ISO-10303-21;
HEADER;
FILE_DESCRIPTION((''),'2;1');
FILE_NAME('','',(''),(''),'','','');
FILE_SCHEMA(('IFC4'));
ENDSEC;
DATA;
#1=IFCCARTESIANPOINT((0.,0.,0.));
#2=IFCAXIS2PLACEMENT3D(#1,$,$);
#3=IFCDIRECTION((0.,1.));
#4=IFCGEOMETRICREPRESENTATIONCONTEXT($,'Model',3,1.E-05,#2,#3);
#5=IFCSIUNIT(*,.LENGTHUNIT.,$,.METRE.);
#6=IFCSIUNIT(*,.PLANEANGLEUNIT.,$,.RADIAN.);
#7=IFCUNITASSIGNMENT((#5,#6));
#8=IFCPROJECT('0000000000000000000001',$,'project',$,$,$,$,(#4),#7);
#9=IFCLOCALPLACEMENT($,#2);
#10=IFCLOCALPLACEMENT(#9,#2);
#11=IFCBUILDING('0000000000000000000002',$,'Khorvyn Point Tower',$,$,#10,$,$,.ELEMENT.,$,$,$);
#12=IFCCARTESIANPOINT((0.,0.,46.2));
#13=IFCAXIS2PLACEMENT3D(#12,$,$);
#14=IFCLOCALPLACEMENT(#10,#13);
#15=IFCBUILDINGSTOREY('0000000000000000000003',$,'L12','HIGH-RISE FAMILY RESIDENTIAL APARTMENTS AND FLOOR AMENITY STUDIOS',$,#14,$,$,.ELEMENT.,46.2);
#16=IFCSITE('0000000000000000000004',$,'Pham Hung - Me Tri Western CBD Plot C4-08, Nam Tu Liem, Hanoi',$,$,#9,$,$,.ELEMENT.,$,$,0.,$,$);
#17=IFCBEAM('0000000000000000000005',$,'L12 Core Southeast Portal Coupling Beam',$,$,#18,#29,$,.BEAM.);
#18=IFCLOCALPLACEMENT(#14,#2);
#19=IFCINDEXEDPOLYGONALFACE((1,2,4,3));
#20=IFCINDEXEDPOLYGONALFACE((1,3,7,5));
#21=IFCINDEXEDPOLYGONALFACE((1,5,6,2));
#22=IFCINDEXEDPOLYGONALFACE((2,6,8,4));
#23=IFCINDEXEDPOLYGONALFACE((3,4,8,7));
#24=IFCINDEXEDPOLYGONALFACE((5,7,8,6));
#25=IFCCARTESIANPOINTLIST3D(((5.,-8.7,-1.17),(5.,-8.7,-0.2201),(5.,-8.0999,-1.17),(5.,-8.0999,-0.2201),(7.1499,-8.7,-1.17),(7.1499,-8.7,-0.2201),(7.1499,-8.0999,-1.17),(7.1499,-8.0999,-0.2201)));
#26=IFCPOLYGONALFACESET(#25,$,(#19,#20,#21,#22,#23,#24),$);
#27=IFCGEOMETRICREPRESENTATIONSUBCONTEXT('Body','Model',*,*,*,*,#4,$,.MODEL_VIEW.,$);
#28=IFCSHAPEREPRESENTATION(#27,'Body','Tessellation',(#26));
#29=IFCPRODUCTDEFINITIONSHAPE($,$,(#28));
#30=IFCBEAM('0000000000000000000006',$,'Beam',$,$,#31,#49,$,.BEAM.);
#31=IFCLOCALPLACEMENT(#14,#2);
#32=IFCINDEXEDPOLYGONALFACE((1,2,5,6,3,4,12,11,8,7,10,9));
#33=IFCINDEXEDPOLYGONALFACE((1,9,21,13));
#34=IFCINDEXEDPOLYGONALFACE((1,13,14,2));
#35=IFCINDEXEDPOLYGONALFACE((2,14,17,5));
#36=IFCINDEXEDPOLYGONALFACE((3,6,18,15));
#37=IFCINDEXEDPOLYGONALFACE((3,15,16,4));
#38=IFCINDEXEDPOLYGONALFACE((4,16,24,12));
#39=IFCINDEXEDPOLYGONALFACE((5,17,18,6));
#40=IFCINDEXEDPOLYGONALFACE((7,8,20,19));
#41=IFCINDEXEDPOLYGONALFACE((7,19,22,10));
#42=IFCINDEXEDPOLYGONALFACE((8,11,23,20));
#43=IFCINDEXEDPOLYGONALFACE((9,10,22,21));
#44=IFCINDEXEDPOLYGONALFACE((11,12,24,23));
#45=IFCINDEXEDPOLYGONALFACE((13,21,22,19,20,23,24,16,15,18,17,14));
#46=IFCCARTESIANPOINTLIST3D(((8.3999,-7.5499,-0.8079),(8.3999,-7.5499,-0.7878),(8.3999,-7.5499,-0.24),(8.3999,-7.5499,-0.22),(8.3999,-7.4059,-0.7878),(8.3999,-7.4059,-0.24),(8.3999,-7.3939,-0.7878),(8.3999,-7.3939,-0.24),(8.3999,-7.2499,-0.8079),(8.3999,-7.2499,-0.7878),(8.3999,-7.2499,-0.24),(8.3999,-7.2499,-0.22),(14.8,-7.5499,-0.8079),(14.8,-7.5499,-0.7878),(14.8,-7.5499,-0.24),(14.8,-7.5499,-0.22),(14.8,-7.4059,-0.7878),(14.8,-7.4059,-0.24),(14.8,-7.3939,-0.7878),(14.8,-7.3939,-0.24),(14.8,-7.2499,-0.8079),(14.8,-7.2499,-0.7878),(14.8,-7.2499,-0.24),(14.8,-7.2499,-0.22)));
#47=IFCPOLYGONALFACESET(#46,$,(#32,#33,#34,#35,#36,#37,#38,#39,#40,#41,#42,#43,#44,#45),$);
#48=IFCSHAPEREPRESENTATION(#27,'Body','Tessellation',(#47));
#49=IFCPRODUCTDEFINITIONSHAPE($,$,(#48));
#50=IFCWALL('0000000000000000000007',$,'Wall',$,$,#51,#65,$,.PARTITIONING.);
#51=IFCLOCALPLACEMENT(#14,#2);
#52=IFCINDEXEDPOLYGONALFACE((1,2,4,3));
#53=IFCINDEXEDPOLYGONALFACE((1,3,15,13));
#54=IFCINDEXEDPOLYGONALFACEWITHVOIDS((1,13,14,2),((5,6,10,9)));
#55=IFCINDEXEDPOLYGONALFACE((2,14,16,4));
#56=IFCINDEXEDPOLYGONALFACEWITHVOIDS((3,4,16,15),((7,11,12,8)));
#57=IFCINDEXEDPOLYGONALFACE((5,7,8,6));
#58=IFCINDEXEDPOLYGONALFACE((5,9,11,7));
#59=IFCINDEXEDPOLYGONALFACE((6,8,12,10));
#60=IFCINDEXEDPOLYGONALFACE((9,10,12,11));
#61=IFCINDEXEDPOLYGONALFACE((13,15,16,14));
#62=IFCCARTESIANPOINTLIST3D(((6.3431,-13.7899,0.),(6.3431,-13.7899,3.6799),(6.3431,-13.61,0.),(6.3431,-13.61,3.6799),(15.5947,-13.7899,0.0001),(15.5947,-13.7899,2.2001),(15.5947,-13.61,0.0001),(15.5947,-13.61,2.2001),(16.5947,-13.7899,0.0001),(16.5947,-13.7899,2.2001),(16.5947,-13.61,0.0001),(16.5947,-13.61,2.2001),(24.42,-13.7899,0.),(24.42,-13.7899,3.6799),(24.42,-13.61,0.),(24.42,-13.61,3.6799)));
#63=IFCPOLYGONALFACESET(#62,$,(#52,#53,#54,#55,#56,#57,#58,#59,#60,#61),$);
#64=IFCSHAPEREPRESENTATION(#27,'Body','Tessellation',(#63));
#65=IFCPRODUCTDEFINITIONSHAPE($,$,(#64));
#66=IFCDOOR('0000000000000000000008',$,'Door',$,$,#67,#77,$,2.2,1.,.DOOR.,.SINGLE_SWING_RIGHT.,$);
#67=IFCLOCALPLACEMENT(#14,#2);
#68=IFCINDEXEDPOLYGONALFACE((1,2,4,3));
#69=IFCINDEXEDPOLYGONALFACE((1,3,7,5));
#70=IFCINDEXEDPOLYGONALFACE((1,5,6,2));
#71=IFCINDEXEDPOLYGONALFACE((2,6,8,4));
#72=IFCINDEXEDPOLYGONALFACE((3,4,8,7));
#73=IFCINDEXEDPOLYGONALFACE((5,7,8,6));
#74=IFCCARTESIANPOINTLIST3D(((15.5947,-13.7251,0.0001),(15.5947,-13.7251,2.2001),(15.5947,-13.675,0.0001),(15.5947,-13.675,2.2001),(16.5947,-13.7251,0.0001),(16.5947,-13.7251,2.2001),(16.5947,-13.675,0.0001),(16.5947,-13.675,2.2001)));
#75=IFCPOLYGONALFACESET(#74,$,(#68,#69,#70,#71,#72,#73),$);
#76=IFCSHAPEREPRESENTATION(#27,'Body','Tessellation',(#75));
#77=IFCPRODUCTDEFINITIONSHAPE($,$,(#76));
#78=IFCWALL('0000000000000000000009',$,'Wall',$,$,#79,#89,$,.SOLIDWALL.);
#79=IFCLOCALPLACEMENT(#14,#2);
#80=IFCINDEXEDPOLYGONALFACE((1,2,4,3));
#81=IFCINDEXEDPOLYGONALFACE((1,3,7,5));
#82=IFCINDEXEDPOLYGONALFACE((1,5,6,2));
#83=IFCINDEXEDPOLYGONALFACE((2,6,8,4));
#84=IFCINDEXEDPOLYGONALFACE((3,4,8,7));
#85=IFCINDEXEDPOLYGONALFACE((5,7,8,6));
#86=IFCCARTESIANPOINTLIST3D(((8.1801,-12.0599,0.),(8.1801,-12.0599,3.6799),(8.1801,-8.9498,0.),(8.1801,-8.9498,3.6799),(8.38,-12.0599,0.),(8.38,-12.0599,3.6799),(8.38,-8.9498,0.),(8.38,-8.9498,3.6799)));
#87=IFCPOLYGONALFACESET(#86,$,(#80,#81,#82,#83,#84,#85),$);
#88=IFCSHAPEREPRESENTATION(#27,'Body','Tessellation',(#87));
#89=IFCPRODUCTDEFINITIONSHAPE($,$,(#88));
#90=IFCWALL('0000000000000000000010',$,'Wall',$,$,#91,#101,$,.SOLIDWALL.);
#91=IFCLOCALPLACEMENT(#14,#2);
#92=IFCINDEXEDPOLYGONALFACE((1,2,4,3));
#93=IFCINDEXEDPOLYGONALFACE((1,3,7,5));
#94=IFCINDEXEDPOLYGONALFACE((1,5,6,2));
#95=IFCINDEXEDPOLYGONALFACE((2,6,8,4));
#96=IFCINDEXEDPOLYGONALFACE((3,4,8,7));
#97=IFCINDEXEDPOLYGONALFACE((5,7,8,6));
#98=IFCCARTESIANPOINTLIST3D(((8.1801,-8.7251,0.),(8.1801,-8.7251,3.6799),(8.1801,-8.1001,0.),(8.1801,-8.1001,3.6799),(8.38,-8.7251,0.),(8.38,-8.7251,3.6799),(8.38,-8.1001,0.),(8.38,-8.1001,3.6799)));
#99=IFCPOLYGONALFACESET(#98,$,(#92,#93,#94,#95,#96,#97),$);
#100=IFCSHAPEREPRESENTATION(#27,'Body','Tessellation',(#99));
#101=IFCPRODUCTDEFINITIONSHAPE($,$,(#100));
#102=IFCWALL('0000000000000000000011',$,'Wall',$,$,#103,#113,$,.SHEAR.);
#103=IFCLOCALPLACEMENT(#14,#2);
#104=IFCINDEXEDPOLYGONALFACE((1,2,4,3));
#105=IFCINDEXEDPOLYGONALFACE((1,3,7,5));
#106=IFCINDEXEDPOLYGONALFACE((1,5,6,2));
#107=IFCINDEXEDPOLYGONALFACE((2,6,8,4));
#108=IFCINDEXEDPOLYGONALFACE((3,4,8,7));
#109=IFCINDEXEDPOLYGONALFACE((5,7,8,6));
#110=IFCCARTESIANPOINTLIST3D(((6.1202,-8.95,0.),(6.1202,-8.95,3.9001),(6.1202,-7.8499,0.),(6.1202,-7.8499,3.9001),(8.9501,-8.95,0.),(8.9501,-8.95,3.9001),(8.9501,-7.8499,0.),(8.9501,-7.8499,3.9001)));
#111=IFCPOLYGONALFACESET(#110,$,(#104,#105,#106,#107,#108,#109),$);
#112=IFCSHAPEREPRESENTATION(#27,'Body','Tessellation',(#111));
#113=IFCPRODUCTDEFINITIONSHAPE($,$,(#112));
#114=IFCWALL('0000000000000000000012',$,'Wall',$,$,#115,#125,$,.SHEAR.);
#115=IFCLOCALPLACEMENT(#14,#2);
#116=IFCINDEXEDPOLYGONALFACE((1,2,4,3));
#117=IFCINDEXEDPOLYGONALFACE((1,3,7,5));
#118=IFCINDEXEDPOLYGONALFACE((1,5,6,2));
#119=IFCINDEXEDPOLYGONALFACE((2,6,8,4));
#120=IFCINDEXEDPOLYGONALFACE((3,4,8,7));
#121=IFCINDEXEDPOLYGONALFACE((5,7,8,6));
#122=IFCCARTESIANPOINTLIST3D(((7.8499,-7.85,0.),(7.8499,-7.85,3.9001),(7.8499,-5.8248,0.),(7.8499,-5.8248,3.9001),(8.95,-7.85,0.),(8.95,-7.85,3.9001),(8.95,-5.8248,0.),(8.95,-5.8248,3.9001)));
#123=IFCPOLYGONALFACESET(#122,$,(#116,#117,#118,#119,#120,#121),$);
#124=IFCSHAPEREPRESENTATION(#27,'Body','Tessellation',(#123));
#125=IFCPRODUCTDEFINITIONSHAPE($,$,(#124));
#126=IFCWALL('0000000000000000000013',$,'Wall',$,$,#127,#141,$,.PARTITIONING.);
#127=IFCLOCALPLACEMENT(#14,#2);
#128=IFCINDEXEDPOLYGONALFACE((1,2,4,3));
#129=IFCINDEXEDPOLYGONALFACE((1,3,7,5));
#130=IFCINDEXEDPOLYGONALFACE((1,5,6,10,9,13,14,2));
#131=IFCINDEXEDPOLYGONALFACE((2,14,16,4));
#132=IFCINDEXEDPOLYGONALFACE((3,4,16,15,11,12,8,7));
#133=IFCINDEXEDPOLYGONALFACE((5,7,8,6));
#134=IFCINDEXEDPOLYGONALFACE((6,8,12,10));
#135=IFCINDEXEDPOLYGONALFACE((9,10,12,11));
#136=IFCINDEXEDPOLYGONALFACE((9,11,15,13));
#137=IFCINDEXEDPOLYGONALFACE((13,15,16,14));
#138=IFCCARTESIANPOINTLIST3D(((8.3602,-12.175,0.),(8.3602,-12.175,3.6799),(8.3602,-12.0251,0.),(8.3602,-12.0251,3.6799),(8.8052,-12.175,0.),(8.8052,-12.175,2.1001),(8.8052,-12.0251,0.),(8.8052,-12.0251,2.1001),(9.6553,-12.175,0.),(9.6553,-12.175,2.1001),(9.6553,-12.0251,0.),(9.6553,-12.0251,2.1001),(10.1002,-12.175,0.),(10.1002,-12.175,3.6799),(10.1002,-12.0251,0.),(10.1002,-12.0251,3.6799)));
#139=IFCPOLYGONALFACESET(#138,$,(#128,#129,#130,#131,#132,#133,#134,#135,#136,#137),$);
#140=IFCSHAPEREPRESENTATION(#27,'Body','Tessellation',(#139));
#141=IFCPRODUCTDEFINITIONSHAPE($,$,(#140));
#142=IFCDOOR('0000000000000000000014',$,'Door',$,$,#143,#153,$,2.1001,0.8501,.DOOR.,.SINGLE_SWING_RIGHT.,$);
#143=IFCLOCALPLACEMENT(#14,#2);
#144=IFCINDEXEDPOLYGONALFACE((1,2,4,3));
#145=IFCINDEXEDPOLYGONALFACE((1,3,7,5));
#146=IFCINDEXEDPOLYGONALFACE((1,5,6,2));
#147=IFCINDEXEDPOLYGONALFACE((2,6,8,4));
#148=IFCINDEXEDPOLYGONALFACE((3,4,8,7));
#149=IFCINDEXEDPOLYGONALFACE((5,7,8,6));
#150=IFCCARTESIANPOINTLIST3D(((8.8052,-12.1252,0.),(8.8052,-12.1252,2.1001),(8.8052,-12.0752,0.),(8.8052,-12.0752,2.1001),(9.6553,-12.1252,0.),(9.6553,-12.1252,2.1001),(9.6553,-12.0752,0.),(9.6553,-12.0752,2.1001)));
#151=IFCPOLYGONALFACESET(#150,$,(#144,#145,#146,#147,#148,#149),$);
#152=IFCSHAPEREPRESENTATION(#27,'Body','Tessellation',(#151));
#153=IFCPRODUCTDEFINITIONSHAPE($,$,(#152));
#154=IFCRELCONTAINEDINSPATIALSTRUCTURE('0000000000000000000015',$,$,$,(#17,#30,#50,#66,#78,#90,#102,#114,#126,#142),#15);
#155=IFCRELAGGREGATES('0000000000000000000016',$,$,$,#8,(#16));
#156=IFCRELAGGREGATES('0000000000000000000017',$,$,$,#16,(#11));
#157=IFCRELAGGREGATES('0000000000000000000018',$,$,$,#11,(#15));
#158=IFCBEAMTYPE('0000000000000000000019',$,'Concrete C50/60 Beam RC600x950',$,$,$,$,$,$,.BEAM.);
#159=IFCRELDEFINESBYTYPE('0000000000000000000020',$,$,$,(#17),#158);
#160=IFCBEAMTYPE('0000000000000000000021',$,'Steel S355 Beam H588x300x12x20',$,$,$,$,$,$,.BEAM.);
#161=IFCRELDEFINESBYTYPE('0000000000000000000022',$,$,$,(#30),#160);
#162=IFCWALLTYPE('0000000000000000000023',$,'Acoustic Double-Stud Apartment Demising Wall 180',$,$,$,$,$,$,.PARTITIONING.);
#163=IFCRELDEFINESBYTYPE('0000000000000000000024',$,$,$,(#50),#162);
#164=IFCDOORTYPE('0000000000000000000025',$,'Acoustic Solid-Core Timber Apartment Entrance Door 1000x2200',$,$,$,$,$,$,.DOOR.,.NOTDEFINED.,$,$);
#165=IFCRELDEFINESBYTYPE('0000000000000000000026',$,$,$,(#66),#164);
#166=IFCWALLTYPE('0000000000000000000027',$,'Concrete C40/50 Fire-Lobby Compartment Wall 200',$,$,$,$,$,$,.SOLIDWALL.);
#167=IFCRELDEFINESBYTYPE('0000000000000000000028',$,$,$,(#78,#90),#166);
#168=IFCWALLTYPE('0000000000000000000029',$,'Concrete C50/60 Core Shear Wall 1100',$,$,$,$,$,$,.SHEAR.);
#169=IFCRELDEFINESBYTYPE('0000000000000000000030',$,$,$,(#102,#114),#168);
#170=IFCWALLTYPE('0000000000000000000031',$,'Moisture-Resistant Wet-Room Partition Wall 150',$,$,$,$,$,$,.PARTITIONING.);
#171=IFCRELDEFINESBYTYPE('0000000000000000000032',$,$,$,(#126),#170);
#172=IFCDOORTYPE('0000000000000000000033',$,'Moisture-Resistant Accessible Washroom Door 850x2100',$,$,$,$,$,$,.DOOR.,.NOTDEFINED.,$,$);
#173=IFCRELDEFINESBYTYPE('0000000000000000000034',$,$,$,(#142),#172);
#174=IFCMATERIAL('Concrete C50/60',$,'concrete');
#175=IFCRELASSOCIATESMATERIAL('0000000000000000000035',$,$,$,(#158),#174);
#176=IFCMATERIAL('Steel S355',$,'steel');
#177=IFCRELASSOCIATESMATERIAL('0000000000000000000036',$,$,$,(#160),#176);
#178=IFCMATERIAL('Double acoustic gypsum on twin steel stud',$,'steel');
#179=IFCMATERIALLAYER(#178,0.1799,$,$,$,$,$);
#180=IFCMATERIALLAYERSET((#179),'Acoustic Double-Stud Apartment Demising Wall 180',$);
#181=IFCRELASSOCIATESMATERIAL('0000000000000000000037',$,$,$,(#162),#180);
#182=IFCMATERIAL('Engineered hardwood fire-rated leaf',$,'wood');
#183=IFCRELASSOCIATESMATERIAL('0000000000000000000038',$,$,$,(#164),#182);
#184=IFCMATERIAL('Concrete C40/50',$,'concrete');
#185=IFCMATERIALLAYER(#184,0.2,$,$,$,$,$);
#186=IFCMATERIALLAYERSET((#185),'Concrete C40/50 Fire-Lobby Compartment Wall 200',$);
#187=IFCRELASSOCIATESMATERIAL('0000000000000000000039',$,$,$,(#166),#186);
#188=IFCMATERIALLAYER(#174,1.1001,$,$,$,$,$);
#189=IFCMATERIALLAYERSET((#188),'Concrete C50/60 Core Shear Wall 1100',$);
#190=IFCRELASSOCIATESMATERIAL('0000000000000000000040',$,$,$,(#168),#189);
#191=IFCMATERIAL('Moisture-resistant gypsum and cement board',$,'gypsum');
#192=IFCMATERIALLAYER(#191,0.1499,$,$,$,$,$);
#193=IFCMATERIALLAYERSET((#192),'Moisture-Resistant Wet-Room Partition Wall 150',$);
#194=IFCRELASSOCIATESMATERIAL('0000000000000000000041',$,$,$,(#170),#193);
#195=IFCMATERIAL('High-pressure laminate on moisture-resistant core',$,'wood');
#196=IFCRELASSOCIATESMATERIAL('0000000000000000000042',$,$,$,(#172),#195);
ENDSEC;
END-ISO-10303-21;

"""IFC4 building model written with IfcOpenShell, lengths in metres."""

from ifc_helpers import new_model, si_unit, direction, frame, frame_2d, origin, origin_2d, place, context, subcontext, project, spatial, rectangle, i_section, extrude, material, layer, layer_set, material_profile, profile_set, type_object, element, fill, save


model = new_model("IFC4")

# Units and contexts
model_context = context("Model", 3, precision=1e-05, world=origin(), true_north=direction((0.0, 1.0)))
body_context = subcontext(model_context, "Body", "Model", "MODEL_VIEW")
ifc_project = project(units=[si_unit("LENGTHUNIT", "METRE"), si_unit("PLANEANGLEUNIT", "RADIAN")], contexts=[model_context])

# Site, building, storey
site_placement = place(None, origin())
site = spatial("IfcSite", under=ifc_project, at=site_placement, Name="Pham Hung - Me Tri Western CBD Plot C4-08, Nam Tu Liem, Hanoi", CompositionType="ELEMENT", RefElevation=0.0)
building_placement = place(site_placement, origin())
building = spatial("IfcBuilding", under=site, at=building_placement, Name="Khorvyn Point Tower", CompositionType="ELEMENT")
storey_placement = place(building_placement, frame((0.0, 0.0, 46.2)))
storey = spatial("IfcBuildingStorey", under=building, at=storey_placement, Name="L12", Description="HIGH-RISE FAMILY RESIDENTIAL APARTMENTS AND FLOOR AMENITY STUDIOS", CompositionType="ELEMENT", Elevation=46.2)

# Beams
ifc_material_1 = material(Name="Concrete C50/60", Category="concrete")
ifc_material_profile_1 = material_profile(ifc_material_1, rectangle(XDim=0.6001, YDim=0.95, at=origin_2d()))
ifc_profile_set_1 = profile_set([ifc_material_profile_1], Name="Concrete C50/60 RC600x950")
beam_type_1 = type_object("IfcBeamType", Name="Concrete C50/60 Beam RC600x950", PredefinedType="BEAM", material=ifc_profile_set_1)
beam_1_placement = place(storey_placement, frame((5.0, -8.3999, -0.6951), z_axis=(1.0, 0.0, 0.0), x_axis=(0.0, 1.0, 0.0)))
element("IfcBeam", 1, at=beam_1_placement, inside=storey, type_object=beam_type_1, Name="L12 Core Southeast Portal Coupling Beam", PredefinedType="BEAM", context=body_context, shape_type="SweptSolid", body=[
    extrude(rectangle(XDim=0.6001, YDim=0.95, at=origin_2d()), origin(), (0.0, 0.0, 1.0), 2.1499),
])
ifc_material_2 = material(Name="Steel S355", Category="steel")
ifc_material_profile_2 = material_profile(ifc_material_2, i_section(OverallWidth=0.3, OverallDepth=0.5879, WebThickness=0.012, FlangeThickness=0.02, at=origin_2d()))
ifc_profile_set_2 = profile_set([ifc_material_profile_2], Name="Steel S355 H588x300x12x20")
beam_type_2 = type_object("IfcBeamType", Name="Steel S355 Beam H588x300x12x20", PredefinedType="BEAM", material=ifc_profile_set_2)
beam_2_placement = place(storey_placement, frame((8.3999, -7.3999, -0.5139), z_axis=(1.0, 0.0, 0.0), x_axis=(0.0, 1.0, 0.0)))
element("IfcBeam", 2, at=beam_2_placement, inside=storey, type_object=beam_type_2, Name="Beam", PredefinedType="BEAM", context=body_context, shape_type="SweptSolid", body=[
    extrude(i_section(OverallWidth=0.3, OverallDepth=0.5879, WebThickness=0.012, FlangeThickness=0.02, at=origin_2d()), origin(), (0.0, 0.0, 1.0), 6.4001),
])

# Wall, opening, door
ifc_material_3 = material(Name="Double acoustic gypsum on twin steel stud", Category="steel")
ifc_layer_1 = layer(ifc_material_3, 0.1799)
ifc_layer_set_1 = layer_set([ifc_layer_1], Name="Acoustic Double-Stud Apartment Demising Wall 180")
wall_type_1 = type_object("IfcWallType", Name="Acoustic Double-Stud Apartment Demising Wall 180", PredefinedType="PARTITIONING", material=ifc_layer_set_1)
wall_1_placement = place(storey_placement, frame((6.343, -13.7, 0.0), z_axis=(0.0, 0.0, 1.0), x_axis=(1.0, 0.0, 0.0)))
wall_1 = element("IfcWall", 3, at=wall_1_placement, inside=storey, type_object=wall_type_1, Name="Wall", PredefinedType="PARTITIONING", context=body_context, shape_type="SweptSolid", body=[
    extrude(rectangle(XDim=18.0769, YDim=0.1799, at=frame_2d((9.0386, 0.0))), origin(), (0.0, 0.0, 1.0), 3.6799),
])
opening_1_placement = place(wall_1_placement, frame((9.2517, 0.0, 0.0)))
opening_1 = element("IfcOpeningElement", 4, at=opening_1_placement, cuts=wall_1, PredefinedType="OPENING", context=body_context, shape_type="SweptSolid", body=[
    extrude(rectangle(XDim=1.0, YDim=2.2, at=frame_2d((0.5, 1.1001))), frame((0.0, 0.0999, 0.0), z_axis=(0.0, -1.0, 0.0), x_axis=(1.0, 0.0, 0.0)), (0.0, 0.0, 1.0), 0.2),
])
ifc_material_4 = material(Name="Engineered hardwood fire-rated leaf", Category="wood")
door_type_1 = type_object("IfcDoorType", Name="Acoustic Solid-Core Timber Apartment Entrance Door 1000x2200", OperationType="NOTDEFINED", PredefinedType="DOOR", material=ifc_material_4)
door_1_placement = place(opening_1_placement, origin())
door_1 = element("IfcDoor", 5, at=door_1_placement, inside=storey, type_object=door_type_1, Name="Door", OperationType="SINGLE_SWING_RIGHT", OverallHeight=2.2, OverallWidth=1.0, PredefinedType="DOOR", context=body_context, shape_type="SweptSolid", body=[
    extrude(rectangle(XDim=1.0, YDim=2.2, at=frame_2d((0.5, 1.1001))), frame((0.0, 0.0249, 0.0), z_axis=(0.0, -1.0, 0.0), x_axis=(1.0, 0.0, 0.0)), (0.0, 0.0, 1.0), 0.05),
])
fill(opening_1, door_1)
ifc_material_5 = material(Name="Concrete C40/50", Category="concrete")
ifc_layer_2 = layer(ifc_material_5, 0.2)
ifc_layer_set_2 = layer_set([ifc_layer_2], Name="Concrete C40/50 Fire-Lobby Compartment Wall 200")
wall_type_2 = type_object("IfcWallType", Name="Concrete C40/50 Fire-Lobby Compartment Wall 200", PredefinedType="SOLIDWALL", material=ifc_layer_set_2)

# Walls
wall_2_placement = place(storey_placement, frame((8.28, -12.0601, 0.0), z_axis=(0.0, 0.0, 1.0), x_axis=(0.0, 1.0, 0.0)))
element("IfcWall", 6, at=wall_2_placement, inside=storey, type_object=wall_type_2, Name="Wall", PredefinedType="SOLIDWALL", context=body_context, shape_type="SweptSolid", body=[
    extrude(rectangle(XDim=3.1101, YDim=0.2, at=frame_2d((1.5552, 0.0))), origin(), (0.0, 0.0, 1.0), 3.6799),
])
wall_3_placement = place(storey_placement, frame((8.28, -8.7251, 0.0), z_axis=(0.0, 0.0, 1.0), x_axis=(0.0, 1.0, 0.0)))
element("IfcWall", 7, at=wall_3_placement, inside=storey, type_object=wall_type_2, Name="Wall", PredefinedType="SOLIDWALL", context=body_context, shape_type="SweptSolid", body=[
    extrude(rectangle(XDim=0.625, YDim=0.2, at=frame_2d((0.3125, 0.0))), origin(), (0.0, 0.0, 1.0), 3.6799),
])
ifc_layer_3 = layer(ifc_material_1, 1.1001)
ifc_layer_set_3 = layer_set([ifc_layer_3], Name="Concrete C50/60 Core Shear Wall 1100")
wall_type_3 = type_object("IfcWallType", Name="Concrete C50/60 Core Shear Wall 1100", PredefinedType="SHEAR", material=ifc_layer_set_3)
wall_4_placement = place(storey_placement, frame((6.1201, -8.3999, 0.0), z_axis=(0.0, 0.0, 1.0), x_axis=(1.0, 0.0, 0.0)))
element("IfcWall", 8, at=wall_4_placement, inside=storey, type_object=wall_type_3, Name="Wall", PredefinedType="SHEAR", context=body_context, shape_type="SweptSolid", body=[
    extrude(rectangle(XDim=2.8298, YDim=1.1001, at=frame_2d((1.415, 0.0))), origin(), (0.0, 0.0, 1.0), 3.9001),
])
wall_5_placement = place(storey_placement, frame((8.3999, -7.8501, 0.0), z_axis=(0.0, 0.0, 1.0), x_axis=(0.0, 1.0, 0.0)))
element("IfcWall", 9, at=wall_5_placement, inside=storey, type_object=wall_type_3, Name="Wall", PredefinedType="SHEAR", context=body_context, shape_type="SweptSolid", body=[
    extrude(rectangle(XDim=2.0251, YDim=1.1001, at=frame_2d((1.0127, 0.0))), origin(), (0.0, 0.0, 1.0), 3.9001),
])

# Wall, opening, door
ifc_material_6 = material(Name="Moisture-resistant gypsum and cement board", Category="gypsum")
ifc_layer_4 = layer(ifc_material_6, 0.1499)
ifc_layer_set_4 = layer_set([ifc_layer_4], Name="Moisture-Resistant Wet-Room Partition Wall 150")
wall_type_4 = type_object("IfcWallType", Name="Moisture-Resistant Wet-Room Partition Wall 150", PredefinedType="PARTITIONING", material=ifc_layer_set_4)
wall_6_placement = place(storey_placement, frame((8.3601, -12.1001, 0.0), z_axis=(0.0, 0.0, 1.0), x_axis=(1.0, 0.0, 0.0)))
wall_6 = element("IfcWall", 10, at=wall_6_placement, inside=storey, type_object=wall_type_4, Name="Wall", PredefinedType="PARTITIONING", context=body_context, shape_type="SweptSolid", body=[
    extrude(rectangle(XDim=1.74, YDim=0.1499, at=frame_2d((0.8701, 0.0))), origin(), (0.0, 0.0, 1.0), 3.6799),
])
opening_2_placement = place(wall_6_placement, frame((0.4451, 0.0, 0.0)))
opening_2 = element("IfcOpeningElement", 11, at=opening_2_placement, cuts=wall_6, PredefinedType="OPENING", context=body_context, shape_type="SweptSolid", body=[
    extrude(rectangle(XDim=0.8501, YDim=2.1001, at=frame_2d((0.425, 1.05))), frame((0.0, 0.085, 0.0), z_axis=(0.0, -1.0, 0.0), x_axis=(1.0, 0.0, 0.0)), (0.0, 0.0, 1.0), 0.1699),
])
ifc_material_7 = material(Name="High-pressure laminate on moisture-resistant core", Category="wood")
door_type_2 = type_object("IfcDoorType", Name="Moisture-Resistant Accessible Washroom Door 850x2100", OperationType="NOTDEFINED", PredefinedType="DOOR", material=ifc_material_7)
door_2_placement = place(opening_2_placement, origin())
door_2 = element("IfcDoor", 12, at=door_2_placement, inside=storey, type_object=door_type_2, Name="Door", OperationType="SINGLE_SWING_RIGHT", OverallHeight=2.1001, OverallWidth=0.8501, PredefinedType="DOOR", context=body_context, shape_type="SweptSolid", body=[
    extrude(rectangle(XDim=0.8501, YDim=2.1001, at=frame_2d((0.425, 1.05))), frame((0.0, 0.0249, 0.0), z_axis=(0.0, -1.0, 0.0), x_axis=(1.0, 0.0, 0.0)), (0.0, 0.0, 1.0), 0.05),
])
fill(opening_2, door_2)

save(model, "model.ifc")
